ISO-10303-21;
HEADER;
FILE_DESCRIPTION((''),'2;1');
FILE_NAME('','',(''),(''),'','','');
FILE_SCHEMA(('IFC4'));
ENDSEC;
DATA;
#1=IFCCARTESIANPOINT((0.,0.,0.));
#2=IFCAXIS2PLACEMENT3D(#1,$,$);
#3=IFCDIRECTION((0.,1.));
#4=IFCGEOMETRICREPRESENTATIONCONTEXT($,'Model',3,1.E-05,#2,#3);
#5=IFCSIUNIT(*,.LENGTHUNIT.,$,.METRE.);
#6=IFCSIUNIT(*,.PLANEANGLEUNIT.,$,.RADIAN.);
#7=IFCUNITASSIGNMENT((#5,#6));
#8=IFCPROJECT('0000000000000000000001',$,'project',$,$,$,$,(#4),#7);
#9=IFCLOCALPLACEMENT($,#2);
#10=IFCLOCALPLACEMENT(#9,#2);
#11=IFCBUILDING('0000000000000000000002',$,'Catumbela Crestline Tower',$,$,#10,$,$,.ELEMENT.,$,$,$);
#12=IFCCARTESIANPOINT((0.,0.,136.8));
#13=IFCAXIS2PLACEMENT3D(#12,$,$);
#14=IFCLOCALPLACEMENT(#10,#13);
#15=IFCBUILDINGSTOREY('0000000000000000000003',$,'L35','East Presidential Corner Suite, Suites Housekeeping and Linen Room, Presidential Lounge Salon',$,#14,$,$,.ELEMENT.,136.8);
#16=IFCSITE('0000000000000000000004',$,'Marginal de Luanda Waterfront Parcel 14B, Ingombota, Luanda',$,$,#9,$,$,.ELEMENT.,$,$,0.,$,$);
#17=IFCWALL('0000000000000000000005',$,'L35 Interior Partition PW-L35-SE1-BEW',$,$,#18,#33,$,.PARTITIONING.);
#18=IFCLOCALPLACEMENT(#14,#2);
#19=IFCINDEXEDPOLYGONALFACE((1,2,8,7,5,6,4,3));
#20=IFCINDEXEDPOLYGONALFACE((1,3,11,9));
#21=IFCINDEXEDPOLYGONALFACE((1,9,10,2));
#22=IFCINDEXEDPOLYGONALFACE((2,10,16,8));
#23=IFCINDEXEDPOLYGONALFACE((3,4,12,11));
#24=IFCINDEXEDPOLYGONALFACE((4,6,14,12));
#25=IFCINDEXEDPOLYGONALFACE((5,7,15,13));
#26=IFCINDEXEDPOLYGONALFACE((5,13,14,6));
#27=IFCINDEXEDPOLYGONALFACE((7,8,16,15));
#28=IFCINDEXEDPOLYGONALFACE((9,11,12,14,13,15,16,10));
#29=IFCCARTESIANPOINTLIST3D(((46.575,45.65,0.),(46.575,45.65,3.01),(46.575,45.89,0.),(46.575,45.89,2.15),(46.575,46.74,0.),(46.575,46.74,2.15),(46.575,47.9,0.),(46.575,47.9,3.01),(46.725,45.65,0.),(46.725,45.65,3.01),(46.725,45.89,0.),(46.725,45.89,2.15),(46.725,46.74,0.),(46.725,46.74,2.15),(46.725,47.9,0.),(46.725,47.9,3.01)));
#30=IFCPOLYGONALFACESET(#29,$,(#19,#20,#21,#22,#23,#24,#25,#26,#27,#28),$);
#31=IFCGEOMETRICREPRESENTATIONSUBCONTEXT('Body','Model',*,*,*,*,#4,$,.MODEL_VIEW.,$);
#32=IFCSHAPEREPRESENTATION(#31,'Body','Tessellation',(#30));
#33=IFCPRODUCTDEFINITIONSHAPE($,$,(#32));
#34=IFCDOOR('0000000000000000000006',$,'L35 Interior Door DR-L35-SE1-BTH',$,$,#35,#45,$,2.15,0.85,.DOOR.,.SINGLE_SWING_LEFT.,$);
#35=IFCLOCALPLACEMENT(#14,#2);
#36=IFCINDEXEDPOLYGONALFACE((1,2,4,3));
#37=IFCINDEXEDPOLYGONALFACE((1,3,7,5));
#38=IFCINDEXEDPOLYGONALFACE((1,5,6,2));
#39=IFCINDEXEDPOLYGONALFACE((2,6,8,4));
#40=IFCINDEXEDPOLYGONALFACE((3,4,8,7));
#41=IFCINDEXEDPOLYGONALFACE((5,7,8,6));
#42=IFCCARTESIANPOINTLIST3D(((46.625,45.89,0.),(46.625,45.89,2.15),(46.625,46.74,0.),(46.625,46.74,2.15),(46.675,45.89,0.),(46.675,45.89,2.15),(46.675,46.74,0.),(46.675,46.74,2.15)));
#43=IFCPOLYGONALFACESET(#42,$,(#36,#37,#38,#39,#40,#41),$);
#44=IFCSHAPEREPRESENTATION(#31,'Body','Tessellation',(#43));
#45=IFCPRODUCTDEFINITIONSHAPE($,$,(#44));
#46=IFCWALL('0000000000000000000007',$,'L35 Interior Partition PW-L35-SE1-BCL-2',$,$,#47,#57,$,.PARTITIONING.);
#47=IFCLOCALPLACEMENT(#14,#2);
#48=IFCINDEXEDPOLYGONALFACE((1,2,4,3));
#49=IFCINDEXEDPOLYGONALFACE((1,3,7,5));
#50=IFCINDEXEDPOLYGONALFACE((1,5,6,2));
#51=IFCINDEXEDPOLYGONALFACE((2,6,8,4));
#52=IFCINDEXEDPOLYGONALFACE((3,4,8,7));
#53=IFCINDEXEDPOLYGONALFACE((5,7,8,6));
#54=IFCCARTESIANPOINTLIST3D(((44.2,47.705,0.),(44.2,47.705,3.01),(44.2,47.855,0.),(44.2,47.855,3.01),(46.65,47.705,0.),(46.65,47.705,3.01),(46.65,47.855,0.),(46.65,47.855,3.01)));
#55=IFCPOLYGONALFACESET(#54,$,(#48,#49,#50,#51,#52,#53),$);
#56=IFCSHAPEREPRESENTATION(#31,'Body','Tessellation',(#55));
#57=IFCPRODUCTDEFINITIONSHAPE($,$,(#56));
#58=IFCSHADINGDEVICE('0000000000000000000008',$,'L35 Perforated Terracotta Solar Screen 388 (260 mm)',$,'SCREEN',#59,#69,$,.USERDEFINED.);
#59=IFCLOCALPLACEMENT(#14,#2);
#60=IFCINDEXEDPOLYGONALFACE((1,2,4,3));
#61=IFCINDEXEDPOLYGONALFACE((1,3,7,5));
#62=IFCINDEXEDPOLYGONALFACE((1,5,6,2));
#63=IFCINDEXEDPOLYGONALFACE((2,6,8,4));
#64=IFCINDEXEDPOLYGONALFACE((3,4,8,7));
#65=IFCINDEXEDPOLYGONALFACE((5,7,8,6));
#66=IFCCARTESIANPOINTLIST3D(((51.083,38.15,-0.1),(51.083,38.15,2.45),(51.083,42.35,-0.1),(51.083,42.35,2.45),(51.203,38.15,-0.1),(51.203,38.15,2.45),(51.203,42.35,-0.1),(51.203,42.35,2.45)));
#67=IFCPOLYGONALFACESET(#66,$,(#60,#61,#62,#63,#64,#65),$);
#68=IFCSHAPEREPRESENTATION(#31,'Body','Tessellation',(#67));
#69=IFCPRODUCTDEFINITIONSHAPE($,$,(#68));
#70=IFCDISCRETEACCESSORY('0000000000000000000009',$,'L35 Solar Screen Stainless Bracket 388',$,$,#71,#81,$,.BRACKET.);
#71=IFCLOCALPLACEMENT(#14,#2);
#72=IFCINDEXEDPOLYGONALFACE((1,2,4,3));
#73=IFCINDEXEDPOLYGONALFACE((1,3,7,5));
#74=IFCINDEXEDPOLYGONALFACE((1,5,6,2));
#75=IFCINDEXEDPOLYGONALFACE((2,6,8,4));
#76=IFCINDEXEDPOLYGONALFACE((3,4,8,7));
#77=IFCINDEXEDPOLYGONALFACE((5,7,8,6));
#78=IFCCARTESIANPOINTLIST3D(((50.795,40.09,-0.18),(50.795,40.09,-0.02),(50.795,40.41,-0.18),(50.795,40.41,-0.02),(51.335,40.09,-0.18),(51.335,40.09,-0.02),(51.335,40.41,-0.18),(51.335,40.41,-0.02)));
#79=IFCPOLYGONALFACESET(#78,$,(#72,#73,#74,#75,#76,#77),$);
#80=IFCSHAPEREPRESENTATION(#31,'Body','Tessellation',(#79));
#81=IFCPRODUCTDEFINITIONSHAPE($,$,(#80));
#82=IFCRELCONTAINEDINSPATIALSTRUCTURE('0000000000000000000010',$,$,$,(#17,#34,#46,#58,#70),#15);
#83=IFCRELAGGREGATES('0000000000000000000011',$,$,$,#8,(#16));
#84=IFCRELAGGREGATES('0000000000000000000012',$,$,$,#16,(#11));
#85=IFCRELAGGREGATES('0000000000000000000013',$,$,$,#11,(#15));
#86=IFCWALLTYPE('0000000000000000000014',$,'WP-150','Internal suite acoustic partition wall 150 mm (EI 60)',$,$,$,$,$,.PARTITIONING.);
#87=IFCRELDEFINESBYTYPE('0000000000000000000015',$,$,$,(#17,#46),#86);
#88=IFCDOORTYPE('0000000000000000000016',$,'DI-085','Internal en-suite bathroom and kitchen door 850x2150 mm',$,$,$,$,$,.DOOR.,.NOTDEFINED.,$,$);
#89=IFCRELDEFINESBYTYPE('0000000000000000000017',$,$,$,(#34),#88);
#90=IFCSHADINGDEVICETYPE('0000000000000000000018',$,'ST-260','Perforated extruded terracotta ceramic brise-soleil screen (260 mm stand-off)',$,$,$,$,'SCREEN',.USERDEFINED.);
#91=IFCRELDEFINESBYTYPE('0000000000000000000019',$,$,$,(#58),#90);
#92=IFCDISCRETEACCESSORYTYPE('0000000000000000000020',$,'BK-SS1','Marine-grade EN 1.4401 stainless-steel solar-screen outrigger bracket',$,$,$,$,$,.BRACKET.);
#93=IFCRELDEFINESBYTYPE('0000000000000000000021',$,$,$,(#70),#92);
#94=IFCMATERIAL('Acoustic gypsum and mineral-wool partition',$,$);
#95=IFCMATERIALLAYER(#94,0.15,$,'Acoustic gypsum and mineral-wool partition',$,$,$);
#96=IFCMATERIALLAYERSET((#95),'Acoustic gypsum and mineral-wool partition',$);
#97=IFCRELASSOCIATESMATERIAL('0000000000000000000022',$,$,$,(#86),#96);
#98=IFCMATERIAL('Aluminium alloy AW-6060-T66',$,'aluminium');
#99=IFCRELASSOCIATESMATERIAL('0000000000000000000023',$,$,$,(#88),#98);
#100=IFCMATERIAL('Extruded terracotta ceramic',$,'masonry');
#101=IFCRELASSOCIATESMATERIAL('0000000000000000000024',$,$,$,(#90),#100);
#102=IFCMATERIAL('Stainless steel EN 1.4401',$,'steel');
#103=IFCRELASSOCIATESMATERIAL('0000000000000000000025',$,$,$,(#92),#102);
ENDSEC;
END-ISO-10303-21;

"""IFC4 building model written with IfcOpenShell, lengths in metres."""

from ifc_helpers import new_model, si_unit, direction, frame, frame_2d, origin, origin_2d, place, context, subcontext, project, spatial, rectangle, extrude, material, layer, layer_set, type_object, element, fill, save


model = new_model("IFC4")

# Units and contexts
model_context = context("Model", 3, precision=1e-05, world=origin(), true_north=direction((0.0, 1.0)))
body_context = subcontext(model_context, "Body", "Model", "MODEL_VIEW")
ifc_project = project(units=[si_unit("LENGTHUNIT", "METRE"), si_unit("PLANEANGLEUNIT", "RADIAN")], contexts=[model_context])

# Site, building, storey
site_placement = place(None, origin())
site = spatial("IfcSite", under=ifc_project, at=site_placement, Name="Marginal de Luanda Waterfront Parcel 14B, Ingombota, Luanda", CompositionType="ELEMENT", RefElevation=0.0)
building_placement = place(site_placement, origin())
building = spatial("IfcBuilding", under=site, at=building_placement, Name="Catumbela Crestline Tower", CompositionType="ELEMENT")
storey_placement = place(building_placement, frame((0.0, 0.0, 136.8)))
storey = spatial("IfcBuildingStorey", under=building, at=storey_placement, Name="L35", Description="East Presidential Corner Suite, Suites Housekeeping and Linen Room, Presidential Lounge Salon", CompositionType="ELEMENT", Elevation=136.8)

# Shared definitions
ifc_material_1 = material(Name="Aluminium alloy AW-6060-T66", Category="aluminium")

# Shared definitions
ifc_material_2 = material(Name="Acoustic gypsum and mineral-wool partition")

# Shared definitions
ifc_layer_1 = layer(ifc_material_2, 0.15, Name="Acoustic gypsum and mineral-wool partition")
ifc_layer_set_1 = layer_set([ifc_layer_1], Name="Acoustic gypsum and mineral-wool partition")
wall_type_1 = type_object("IfcWallType", Name="WP-150", Description="Internal suite acoustic partition wall 150 mm (EI 60)", PredefinedType="PARTITIONING", material=ifc_layer_set_1)

# Wall, opening, door
wall_1_placement = place(storey_placement, frame((46.65, 45.65, 0.0), z_axis=(0.0, 0.0, 1.0), x_axis=(0.0, 1.0, 0.0)))
wall_1 = element("IfcWall", 1, at=wall_1_placement, inside=storey, type_object=wall_type_1, Name="L35 Interior Partition PW-L35-SE1-BEW", PredefinedType="PARTITIONING", context=body_context, shape_type="SweptSolid", body=[
    extrude(rectangle(XDim=2.25, YDim=0.15, at=frame_2d((1.125, 0.0))), origin(), (0.0, 0.0, 1.0), 3.01),
])
opening_1_placement = place(wall_1_placement, frame((0.24, 0.0, 0.0)))
opening_1 = element("IfcOpeningElement", 2, at=opening_1_placement, cuts=wall_1, PredefinedType="OPENING", context=body_context, shape_type="SweptSolid", body=[
    extrude(rectangle(XDim=0.85, YDim=2.15, at=frame_2d((0.425, 1.075))), frame((0.0, 0.085, 0.0), z_axis=(0.0, -1.0, 0.0), x_axis=(1.0, 0.0, 0.0)), (0.0, 0.0, 1.0), 0.17),
])
door_type = type_object("IfcDoorType", Name="DI-085", Description="Internal en-suite bathroom and kitchen door 850x2150 mm", OperationType="NOTDEFINED", PredefinedType="DOOR", material=ifc_material_1)
door_placement = place(opening_1_placement, origin())
door = element("IfcDoor", 3, at=door_placement, inside=storey, type_object=door_type, Name="L35 Interior Door DR-L35-SE1-BTH", OperationType="SINGLE_SWING_LEFT", OverallHeight=2.15, OverallWidth=0.85, PredefinedType="DOOR", context=body_context, shape_type="SweptSolid", body=[
    extrude(rectangle(XDim=0.85, YDim=2.15, at=frame_2d((0.425, 1.075))), frame((0.0, 0.025, 0.0), z_axis=(0.0, -1.0, 0.0), x_axis=(1.0, 0.0, 0.0)), (0.0, 0.0, 1.0), 0.05),
])
fill(opening_1, door)

# Wall
wall_2_placement = place(storey_placement, frame((44.2, 47.78, 0.0), z_axis=(0.0, 0.0, 1.0), x_axis=(1.0, 0.0, 0.0)))
element("IfcWall", 4, at=wall_2_placement, inside=storey, type_object=wall_type_1, Name="L35 Interior Partition PW-L35-SE1-BCL-2", PredefinedType="PARTITIONING", context=body_context, shape_type="SweptSolid", body=[
    extrude(rectangle(XDim=2.45, YDim=0.15, at=frame_2d((1.225, 0.0))), origin(), (0.0, 0.0, 1.0), 3.01),
])

# Shading device
ifc_material_3 = material(Name="Extruded terracotta ceramic", Category="masonry")
shading_device_type = type_object("IfcShadingDeviceType", Name="ST-260", Description="Perforated extruded terracotta ceramic brise-soleil screen (260 mm stand-off)", ElementType="SCREEN", PredefinedType="USERDEFINED", material=ifc_material_3)
shading_device_placement = place(storey_placement, frame((51.143, 40.25, -0.1), z_axis=(0.0, 0.0, 1.0), x_axis=(0.0, 1.0, 0.0)))
element("IfcShadingDevice", 5, at=shading_device_placement, inside=storey, type_object=shading_device_type, Name="L35 Perforated Terracotta Solar Screen 388 (260 mm)", ObjectType="SCREEN", PredefinedType="USERDEFINED", context=body_context, shape_type="SweptSolid", body=[
    extrude(rectangle(XDim=4.2, YDim=0.12, at=origin_2d()), origin(), (0.0, 0.0, 1.0), 2.55),
])

# Discrete accessory
ifc_material_4 = material(Name="Stainless steel EN 1.4401", Category="steel")
discrete_accessory_type = type_object("IfcDiscreteAccessoryType", Name="BK-SS1", Description="Marine-grade EN 1.4401 stainless-steel solar-screen outrigger bracket", PredefinedType="BRACKET", material=ifc_material_4)
discrete_accessory_placement = place(storey_placement, frame((51.065, 40.25, -0.18), z_axis=(0.0, 0.0, 1.0), x_axis=(0.0, 1.0, 0.0)))
element("IfcDiscreteAccessory", 6, at=discrete_accessory_placement, inside=storey, type_object=discrete_accessory_type, Name="L35 Solar Screen Stainless Bracket 388", PredefinedType="BRACKET", context=body_context, shape_type="SweptSolid", body=[
    extrude(rectangle(XDim=0.32, YDim=0.54, at=origin_2d()), origin(), (0.0, 0.0, 1.0), 0.16),
])

save(model, "model.ifc")
